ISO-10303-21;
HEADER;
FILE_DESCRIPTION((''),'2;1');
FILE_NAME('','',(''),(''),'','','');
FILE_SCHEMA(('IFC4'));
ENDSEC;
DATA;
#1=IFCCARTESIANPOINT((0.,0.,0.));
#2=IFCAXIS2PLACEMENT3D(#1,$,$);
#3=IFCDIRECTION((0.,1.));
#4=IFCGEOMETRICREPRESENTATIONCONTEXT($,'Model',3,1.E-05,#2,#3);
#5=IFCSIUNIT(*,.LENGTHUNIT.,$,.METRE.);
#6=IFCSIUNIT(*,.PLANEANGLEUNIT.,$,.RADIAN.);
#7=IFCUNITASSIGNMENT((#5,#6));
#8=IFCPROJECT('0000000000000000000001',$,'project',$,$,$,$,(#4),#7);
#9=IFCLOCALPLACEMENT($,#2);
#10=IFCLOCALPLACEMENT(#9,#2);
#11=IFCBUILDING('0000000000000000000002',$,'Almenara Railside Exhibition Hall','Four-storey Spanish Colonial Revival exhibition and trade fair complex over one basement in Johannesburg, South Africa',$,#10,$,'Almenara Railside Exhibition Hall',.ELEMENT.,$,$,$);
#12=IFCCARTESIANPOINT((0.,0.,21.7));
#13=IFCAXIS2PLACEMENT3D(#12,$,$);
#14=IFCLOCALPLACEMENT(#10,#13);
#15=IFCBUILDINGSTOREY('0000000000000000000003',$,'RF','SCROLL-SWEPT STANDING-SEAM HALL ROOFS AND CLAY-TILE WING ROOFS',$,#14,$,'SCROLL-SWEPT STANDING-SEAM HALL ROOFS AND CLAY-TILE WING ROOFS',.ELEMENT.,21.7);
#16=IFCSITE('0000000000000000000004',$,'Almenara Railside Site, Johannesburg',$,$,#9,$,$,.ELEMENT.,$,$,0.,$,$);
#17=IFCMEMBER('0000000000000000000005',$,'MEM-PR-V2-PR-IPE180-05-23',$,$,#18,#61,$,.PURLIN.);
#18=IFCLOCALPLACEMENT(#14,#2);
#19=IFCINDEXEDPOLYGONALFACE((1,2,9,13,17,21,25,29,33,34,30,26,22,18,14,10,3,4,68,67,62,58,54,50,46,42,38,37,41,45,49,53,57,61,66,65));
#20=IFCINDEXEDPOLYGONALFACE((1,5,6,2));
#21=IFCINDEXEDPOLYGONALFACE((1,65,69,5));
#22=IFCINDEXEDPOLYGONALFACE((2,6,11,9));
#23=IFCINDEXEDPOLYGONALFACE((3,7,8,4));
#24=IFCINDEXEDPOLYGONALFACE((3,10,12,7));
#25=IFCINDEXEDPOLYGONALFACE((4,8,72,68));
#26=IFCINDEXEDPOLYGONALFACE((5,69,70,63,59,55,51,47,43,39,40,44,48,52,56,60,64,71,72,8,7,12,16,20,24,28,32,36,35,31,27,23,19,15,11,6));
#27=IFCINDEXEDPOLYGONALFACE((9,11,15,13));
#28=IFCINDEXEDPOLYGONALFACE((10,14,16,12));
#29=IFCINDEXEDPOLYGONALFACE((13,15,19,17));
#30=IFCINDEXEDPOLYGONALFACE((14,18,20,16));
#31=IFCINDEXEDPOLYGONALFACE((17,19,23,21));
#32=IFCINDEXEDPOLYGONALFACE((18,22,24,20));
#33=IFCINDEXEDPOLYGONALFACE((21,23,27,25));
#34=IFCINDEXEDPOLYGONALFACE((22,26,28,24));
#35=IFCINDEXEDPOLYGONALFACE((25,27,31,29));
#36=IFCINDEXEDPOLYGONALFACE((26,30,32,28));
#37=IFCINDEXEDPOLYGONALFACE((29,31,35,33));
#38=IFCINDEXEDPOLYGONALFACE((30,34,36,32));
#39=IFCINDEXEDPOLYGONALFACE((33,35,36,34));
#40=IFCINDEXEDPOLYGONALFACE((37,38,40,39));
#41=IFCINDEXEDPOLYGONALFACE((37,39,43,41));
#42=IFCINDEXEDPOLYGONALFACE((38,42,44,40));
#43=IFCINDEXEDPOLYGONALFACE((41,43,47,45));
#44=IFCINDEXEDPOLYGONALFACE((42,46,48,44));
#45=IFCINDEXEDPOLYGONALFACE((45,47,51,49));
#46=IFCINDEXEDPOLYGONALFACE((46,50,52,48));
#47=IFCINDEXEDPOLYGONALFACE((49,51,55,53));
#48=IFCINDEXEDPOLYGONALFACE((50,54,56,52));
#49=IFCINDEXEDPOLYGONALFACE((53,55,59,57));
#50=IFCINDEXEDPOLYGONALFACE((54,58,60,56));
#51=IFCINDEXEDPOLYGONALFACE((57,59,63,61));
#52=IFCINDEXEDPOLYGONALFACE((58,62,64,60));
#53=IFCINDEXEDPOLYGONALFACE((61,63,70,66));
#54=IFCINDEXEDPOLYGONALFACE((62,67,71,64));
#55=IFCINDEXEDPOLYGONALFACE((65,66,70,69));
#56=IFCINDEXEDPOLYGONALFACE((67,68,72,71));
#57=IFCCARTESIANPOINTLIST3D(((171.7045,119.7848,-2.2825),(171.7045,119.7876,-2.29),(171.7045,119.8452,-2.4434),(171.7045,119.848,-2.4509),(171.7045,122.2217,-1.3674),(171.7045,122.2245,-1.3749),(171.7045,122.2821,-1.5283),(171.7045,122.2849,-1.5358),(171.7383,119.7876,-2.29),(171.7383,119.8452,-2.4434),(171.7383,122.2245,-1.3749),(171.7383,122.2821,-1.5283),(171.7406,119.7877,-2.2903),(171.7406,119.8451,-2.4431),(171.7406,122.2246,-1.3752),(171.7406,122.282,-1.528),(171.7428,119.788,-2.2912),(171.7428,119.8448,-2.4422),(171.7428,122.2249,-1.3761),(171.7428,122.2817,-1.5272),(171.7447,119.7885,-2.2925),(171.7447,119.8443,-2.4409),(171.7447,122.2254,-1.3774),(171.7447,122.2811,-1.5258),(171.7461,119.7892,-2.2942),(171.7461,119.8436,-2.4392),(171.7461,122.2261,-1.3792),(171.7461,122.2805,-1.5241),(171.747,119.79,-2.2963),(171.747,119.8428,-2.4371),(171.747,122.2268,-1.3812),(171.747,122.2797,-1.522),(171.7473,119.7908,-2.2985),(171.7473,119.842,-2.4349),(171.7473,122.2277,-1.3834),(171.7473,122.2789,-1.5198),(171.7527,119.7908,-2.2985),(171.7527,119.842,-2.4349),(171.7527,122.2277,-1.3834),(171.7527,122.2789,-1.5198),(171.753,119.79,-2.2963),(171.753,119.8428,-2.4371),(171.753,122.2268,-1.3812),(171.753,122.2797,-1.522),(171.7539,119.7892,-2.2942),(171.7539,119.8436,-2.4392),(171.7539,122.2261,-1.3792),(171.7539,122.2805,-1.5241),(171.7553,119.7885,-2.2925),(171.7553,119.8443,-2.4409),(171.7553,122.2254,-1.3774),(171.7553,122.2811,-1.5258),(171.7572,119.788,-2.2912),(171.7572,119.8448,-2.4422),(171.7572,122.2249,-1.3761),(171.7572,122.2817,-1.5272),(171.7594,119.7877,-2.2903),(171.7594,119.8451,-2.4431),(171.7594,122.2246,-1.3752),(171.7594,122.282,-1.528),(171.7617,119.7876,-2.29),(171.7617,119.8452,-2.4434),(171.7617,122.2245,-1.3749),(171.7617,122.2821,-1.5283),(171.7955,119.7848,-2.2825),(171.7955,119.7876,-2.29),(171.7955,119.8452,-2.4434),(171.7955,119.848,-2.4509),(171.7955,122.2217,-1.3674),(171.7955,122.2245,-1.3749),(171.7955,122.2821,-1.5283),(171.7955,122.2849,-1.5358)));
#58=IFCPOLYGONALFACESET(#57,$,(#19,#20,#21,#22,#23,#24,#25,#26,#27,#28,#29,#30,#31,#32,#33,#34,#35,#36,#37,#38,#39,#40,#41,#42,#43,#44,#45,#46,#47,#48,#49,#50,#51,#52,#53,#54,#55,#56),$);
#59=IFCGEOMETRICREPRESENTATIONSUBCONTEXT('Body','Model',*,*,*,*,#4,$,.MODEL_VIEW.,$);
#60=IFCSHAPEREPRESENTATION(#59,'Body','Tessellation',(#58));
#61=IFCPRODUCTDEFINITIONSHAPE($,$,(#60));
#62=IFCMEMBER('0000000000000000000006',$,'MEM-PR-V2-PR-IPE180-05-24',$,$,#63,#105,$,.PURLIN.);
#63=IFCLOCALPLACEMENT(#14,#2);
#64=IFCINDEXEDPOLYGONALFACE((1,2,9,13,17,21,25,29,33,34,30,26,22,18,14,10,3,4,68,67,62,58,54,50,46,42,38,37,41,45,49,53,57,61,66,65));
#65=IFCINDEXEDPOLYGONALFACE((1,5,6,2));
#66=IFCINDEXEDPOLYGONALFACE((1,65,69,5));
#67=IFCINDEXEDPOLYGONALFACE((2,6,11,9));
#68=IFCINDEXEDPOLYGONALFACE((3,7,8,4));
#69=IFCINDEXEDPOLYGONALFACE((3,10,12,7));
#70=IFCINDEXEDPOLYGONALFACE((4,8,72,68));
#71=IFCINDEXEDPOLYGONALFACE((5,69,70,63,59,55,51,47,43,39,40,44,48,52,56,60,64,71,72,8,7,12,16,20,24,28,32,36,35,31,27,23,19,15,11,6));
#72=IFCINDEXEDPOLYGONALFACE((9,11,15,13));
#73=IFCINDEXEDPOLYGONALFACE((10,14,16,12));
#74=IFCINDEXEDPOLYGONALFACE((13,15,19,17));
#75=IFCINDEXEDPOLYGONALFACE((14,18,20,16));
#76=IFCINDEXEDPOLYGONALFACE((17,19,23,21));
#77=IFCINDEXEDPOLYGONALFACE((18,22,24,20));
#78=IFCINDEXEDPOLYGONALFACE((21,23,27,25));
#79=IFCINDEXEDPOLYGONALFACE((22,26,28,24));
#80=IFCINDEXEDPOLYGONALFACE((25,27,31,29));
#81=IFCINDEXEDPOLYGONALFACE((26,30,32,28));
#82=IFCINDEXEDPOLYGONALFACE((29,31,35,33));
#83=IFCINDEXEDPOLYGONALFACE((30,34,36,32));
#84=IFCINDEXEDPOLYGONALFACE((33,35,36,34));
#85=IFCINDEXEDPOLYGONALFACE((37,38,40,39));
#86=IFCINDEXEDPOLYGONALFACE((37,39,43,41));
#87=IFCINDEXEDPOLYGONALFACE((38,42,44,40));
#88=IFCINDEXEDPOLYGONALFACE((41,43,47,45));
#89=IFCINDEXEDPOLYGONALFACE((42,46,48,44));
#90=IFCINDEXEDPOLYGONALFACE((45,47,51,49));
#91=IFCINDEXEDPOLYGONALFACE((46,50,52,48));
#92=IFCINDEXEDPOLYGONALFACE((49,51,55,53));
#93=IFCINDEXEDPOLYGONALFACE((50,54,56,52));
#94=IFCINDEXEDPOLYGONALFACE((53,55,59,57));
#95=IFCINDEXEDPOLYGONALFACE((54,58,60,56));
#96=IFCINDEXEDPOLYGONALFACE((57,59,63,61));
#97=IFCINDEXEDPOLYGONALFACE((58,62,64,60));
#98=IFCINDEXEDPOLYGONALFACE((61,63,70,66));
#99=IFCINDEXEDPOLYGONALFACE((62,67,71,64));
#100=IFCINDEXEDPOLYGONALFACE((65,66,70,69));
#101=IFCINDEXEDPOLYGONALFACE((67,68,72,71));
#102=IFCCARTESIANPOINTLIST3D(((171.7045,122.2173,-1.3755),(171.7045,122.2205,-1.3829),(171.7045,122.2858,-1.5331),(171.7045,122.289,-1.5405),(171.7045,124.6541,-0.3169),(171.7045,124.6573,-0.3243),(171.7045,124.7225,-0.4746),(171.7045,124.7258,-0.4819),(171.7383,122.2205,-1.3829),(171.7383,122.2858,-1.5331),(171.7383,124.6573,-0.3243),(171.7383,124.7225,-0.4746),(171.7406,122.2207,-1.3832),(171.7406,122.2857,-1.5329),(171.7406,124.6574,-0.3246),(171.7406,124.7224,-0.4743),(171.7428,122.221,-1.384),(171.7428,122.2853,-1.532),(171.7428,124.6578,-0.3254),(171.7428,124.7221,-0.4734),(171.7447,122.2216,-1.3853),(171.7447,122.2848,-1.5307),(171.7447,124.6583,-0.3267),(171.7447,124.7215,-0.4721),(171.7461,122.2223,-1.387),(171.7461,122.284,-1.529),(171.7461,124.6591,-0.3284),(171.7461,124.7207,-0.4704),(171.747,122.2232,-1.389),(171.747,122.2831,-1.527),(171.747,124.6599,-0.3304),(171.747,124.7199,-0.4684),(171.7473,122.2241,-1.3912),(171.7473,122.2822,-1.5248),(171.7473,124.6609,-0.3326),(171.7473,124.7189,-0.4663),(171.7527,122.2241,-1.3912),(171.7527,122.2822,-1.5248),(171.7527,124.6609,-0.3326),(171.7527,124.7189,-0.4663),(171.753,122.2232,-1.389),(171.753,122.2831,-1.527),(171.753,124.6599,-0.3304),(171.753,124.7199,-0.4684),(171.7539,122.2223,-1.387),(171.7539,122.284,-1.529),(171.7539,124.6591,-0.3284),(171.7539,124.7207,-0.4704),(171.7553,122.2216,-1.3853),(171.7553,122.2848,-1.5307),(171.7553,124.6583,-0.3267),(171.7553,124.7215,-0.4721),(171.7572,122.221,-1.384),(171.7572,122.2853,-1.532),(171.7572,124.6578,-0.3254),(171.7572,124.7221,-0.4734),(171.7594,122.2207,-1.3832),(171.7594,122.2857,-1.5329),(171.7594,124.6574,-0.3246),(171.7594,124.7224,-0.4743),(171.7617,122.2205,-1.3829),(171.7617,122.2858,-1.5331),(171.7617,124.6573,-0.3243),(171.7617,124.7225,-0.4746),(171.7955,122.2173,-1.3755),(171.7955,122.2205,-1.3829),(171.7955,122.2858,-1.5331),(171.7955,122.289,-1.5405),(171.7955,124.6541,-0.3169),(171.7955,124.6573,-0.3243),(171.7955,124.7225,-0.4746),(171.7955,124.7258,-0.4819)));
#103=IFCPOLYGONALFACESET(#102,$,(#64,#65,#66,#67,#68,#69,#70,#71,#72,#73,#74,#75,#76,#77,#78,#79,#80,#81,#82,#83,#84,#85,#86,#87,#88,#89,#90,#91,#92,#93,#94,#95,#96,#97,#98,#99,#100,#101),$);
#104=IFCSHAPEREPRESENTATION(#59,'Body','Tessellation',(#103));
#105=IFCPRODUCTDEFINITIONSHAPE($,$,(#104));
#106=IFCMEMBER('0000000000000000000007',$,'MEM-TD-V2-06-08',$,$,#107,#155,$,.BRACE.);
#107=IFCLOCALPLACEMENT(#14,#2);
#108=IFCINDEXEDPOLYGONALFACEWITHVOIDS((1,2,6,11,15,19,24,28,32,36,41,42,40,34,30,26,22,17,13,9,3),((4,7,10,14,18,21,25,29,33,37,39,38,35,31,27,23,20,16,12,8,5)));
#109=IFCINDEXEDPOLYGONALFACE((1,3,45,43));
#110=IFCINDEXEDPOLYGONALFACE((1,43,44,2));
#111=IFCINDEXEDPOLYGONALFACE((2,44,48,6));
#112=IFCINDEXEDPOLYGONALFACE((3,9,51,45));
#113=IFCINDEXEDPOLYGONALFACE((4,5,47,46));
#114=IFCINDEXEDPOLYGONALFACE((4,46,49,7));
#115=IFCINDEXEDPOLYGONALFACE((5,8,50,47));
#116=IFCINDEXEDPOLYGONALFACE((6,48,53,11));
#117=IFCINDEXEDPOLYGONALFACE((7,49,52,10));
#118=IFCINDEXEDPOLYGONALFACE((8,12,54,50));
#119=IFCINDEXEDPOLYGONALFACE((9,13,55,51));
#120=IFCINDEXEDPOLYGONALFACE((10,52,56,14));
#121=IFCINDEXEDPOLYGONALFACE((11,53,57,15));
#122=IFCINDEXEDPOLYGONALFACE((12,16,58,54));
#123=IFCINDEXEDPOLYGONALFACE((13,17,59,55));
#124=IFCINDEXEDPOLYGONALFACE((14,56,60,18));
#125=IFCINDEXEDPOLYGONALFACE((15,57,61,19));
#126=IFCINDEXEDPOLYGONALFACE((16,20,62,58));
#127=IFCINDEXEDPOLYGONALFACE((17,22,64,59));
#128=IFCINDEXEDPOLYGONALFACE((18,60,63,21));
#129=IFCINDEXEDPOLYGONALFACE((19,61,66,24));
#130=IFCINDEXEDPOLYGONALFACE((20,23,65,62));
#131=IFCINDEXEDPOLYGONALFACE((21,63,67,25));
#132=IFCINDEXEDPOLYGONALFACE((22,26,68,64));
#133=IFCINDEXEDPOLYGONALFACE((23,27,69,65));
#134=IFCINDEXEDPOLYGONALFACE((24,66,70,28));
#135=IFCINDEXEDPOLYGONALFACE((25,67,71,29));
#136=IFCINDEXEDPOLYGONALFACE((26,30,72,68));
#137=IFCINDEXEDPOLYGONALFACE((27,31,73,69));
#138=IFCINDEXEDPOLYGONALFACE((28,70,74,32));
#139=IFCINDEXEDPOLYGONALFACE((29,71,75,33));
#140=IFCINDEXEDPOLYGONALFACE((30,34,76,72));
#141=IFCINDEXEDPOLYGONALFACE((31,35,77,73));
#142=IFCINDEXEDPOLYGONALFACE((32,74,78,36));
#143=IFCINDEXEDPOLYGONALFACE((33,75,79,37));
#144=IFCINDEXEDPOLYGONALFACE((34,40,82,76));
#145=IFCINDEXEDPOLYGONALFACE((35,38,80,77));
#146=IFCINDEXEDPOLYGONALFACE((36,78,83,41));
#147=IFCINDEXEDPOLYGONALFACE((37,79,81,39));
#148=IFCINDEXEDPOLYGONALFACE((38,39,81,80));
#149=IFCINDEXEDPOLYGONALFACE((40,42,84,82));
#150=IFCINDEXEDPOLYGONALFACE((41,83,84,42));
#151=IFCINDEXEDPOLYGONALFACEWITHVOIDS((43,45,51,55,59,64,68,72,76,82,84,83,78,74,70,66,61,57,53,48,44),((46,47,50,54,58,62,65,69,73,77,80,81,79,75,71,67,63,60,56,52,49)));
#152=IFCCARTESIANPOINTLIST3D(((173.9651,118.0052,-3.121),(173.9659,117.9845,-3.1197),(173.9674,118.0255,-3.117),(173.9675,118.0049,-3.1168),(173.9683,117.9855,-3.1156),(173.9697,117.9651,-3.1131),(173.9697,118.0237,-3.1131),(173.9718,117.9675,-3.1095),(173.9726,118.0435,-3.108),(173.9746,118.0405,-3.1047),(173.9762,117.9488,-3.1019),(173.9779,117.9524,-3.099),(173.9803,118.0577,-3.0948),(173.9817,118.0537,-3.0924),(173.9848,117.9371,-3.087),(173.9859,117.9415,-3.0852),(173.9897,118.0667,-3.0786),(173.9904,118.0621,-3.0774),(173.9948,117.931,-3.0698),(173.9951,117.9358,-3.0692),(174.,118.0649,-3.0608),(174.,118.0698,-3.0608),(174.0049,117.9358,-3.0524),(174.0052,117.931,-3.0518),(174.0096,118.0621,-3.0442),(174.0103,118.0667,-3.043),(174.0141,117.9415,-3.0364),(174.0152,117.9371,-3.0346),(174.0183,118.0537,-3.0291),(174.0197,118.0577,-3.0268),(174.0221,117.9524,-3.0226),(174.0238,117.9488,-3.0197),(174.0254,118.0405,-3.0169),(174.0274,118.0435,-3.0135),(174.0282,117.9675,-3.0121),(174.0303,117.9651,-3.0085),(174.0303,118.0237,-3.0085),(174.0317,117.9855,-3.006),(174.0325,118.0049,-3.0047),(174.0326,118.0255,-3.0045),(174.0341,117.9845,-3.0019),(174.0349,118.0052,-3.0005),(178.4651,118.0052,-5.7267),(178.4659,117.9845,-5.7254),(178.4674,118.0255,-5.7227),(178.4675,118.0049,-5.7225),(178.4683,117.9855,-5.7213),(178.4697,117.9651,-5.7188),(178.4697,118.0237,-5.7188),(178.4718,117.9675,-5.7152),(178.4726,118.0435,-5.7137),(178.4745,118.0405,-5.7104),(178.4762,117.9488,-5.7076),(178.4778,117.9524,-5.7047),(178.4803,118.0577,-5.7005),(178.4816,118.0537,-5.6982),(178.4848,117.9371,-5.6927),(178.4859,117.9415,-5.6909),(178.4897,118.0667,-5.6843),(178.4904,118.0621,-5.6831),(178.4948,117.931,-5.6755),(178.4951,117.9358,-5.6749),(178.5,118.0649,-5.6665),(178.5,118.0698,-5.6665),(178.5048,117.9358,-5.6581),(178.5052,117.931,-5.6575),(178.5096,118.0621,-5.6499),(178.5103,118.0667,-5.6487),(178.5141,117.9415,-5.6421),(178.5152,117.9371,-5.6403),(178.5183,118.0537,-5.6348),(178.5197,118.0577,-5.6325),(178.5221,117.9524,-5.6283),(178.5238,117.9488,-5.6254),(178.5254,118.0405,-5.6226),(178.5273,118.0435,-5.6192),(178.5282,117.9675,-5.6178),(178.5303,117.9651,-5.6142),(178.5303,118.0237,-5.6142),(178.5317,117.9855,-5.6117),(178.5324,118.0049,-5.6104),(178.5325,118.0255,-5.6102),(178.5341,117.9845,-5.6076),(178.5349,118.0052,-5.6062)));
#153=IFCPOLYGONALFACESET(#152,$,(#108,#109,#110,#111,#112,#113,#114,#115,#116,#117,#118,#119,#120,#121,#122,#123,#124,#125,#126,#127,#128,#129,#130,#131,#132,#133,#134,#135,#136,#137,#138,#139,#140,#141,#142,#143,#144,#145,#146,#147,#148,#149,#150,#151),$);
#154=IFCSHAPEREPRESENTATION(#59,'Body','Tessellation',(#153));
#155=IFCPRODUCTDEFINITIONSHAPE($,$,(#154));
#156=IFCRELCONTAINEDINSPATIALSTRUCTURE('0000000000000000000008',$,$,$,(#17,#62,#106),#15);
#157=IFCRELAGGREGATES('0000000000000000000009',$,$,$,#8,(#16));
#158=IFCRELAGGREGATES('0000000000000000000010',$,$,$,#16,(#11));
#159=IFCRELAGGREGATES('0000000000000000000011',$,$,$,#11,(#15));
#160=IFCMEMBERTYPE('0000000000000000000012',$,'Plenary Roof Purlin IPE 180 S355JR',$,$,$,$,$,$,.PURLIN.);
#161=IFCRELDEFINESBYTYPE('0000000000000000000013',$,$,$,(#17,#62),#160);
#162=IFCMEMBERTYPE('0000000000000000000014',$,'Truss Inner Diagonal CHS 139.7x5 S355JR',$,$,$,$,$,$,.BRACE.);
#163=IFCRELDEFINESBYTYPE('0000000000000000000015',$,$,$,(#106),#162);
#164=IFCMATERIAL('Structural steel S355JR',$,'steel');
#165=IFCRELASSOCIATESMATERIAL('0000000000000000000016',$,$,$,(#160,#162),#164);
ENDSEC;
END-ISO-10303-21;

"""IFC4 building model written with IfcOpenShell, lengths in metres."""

from ifc_helpers import new_model, si_unit, direction, frame, origin, origin_2d, place, context, subcontext, project, spatial, hollow_circle, i_section, extrude, material, material_profile, profile_set, type_object, element, save


model = new_model("IFC4")

# Units and contexts
model_context = context("Model", 3, precision=1e-05, world=origin(), true_north=direction((0.0, 1.0)))
body_context = subcontext(model_context, "Body", "Model", "MODEL_VIEW")
ifc_project = project(units=[si_unit("LENGTHUNIT", "METRE"), si_unit("PLANEANGLEUNIT", "RADIAN")], contexts=[model_context])

# Site, building, storey
site_placement = place(None, origin())
site = spatial("IfcSite", under=ifc_project, at=site_placement, Name="Almenara Railside Site, Johannesburg", CompositionType="ELEMENT", RefElevation=0.0)
building_placement = place(site_placement, origin())
building = spatial("IfcBuilding", under=site, at=building_placement, Name="Almenara Railside Exhibition Hall", Description="Four-storey Spanish Colonial Revival exhibition and trade fair complex over one basement in Johannesburg, South Africa", LongName="Almenara Railside Exhibition Hall", CompositionType="ELEMENT")
storey_placement = place(building_placement, frame((0.0, 0.0, 21.7)))
storey = spatial("IfcBuildingStorey", under=building, at=storey_placement, Name="RF", Description="SCROLL-SWEPT STANDING-SEAM HALL ROOFS AND CLAY-TILE WING ROOFS", LongName="SCROLL-SWEPT STANDING-SEAM HALL ROOFS AND CLAY-TILE WING ROOFS", CompositionType="ELEMENT", Elevation=21.7)

# Members
ifc_material_1 = material(Name="Structural steel S355JR", Category="steel")
ifc_material_profile_1 = material_profile(ifc_material_1, i_section(OverallWidth=0.0911, OverallDepth=0.1799, WebThickness=0.0054, FlangeThickness=0.0081, FilletRadius=0.009, at=origin_2d()), Name="IPE 180")
ifc_profile_set_1 = profile_set([ifc_material_profile_1], Name="Structural steel S355JR")
member_type_1 = type_object("IfcMemberType", Name="Plenary Roof Purlin IPE 180 S355JR", PredefinedType="PURLIN", material=ifc_profile_set_1)
member_1_placement = place(storey_placement, frame((171.75, 119.8164, -2.3667), z_axis=(0.0, 0.936171, 0.351545), x_axis=(-1.0, 0.0, 0.0)))
element("IfcMember", 1, at=member_1_placement, inside=storey, type_object=member_type_1, Name="MEM-PR-V2-PR-IPE180-05-23", PredefinedType="PURLIN", context=body_context, shape_type="SweptSolid", body=[
    extrude(i_section(OverallWidth=0.0911, OverallDepth=0.1799, WebThickness=0.0054, FlangeThickness=0.0081, FilletRadius=0.009, at=origin_2d()), origin(), (0.0, 0.0, 1.0), 2.603),
])
member_2_placement = place(storey_placement, frame((171.75, 122.2532, -1.458), z_axis=(0.0, 0.91719, 0.398451), x_axis=(-1.0, 0.0, 0.0)))
element("IfcMember", 2, at=member_2_placement, inside=storey, type_object=member_type_1, Name="MEM-PR-V2-PR-IPE180-05-24", PredefinedType="PURLIN", context=body_context, shape_type="SweptSolid", body=[
    extrude(i_section(OverallWidth=0.0911, OverallDepth=0.1799, WebThickness=0.0054, FlangeThickness=0.0081, FilletRadius=0.009, at=origin_2d()), origin(), (0.0, 0.0, 1.0), 2.6567),
])
ifc_material_profile_2 = material_profile(ifc_material_1, hollow_circle(Radius=0.0698, WallThickness=0.0049, at=origin_2d()), Name="CHS 139.7x5")
ifc_profile_set_2 = profile_set([ifc_material_profile_2], Name="Structural steel S355JR")
member_type_2 = type_object("IfcMemberType", Name="Truss Inner Diagonal CHS 139.7x5 S355JR", PredefinedType="BRACE", material=ifc_profile_set_2)
member_3_placement = place(storey_placement, frame((174.0, 118.0, -3.0608), z_axis=(0.865389, 0.0, -0.501101), x_axis=(0.0, 1.0, 0.0)))
element("IfcMember", 3, at=member_3_placement, inside=storey, type_object=member_type_2, Name="MEM-TD-V2-06-08", PredefinedType="BRACE", context=body_context, shape_type="SweptSolid", body=[
    extrude(hollow_circle(Radius=0.0698, WallThickness=0.0049, at=origin_2d()), origin(), (0.0, 0.0, 1.0), 5.2),
])

save(model, "model.ifc")
